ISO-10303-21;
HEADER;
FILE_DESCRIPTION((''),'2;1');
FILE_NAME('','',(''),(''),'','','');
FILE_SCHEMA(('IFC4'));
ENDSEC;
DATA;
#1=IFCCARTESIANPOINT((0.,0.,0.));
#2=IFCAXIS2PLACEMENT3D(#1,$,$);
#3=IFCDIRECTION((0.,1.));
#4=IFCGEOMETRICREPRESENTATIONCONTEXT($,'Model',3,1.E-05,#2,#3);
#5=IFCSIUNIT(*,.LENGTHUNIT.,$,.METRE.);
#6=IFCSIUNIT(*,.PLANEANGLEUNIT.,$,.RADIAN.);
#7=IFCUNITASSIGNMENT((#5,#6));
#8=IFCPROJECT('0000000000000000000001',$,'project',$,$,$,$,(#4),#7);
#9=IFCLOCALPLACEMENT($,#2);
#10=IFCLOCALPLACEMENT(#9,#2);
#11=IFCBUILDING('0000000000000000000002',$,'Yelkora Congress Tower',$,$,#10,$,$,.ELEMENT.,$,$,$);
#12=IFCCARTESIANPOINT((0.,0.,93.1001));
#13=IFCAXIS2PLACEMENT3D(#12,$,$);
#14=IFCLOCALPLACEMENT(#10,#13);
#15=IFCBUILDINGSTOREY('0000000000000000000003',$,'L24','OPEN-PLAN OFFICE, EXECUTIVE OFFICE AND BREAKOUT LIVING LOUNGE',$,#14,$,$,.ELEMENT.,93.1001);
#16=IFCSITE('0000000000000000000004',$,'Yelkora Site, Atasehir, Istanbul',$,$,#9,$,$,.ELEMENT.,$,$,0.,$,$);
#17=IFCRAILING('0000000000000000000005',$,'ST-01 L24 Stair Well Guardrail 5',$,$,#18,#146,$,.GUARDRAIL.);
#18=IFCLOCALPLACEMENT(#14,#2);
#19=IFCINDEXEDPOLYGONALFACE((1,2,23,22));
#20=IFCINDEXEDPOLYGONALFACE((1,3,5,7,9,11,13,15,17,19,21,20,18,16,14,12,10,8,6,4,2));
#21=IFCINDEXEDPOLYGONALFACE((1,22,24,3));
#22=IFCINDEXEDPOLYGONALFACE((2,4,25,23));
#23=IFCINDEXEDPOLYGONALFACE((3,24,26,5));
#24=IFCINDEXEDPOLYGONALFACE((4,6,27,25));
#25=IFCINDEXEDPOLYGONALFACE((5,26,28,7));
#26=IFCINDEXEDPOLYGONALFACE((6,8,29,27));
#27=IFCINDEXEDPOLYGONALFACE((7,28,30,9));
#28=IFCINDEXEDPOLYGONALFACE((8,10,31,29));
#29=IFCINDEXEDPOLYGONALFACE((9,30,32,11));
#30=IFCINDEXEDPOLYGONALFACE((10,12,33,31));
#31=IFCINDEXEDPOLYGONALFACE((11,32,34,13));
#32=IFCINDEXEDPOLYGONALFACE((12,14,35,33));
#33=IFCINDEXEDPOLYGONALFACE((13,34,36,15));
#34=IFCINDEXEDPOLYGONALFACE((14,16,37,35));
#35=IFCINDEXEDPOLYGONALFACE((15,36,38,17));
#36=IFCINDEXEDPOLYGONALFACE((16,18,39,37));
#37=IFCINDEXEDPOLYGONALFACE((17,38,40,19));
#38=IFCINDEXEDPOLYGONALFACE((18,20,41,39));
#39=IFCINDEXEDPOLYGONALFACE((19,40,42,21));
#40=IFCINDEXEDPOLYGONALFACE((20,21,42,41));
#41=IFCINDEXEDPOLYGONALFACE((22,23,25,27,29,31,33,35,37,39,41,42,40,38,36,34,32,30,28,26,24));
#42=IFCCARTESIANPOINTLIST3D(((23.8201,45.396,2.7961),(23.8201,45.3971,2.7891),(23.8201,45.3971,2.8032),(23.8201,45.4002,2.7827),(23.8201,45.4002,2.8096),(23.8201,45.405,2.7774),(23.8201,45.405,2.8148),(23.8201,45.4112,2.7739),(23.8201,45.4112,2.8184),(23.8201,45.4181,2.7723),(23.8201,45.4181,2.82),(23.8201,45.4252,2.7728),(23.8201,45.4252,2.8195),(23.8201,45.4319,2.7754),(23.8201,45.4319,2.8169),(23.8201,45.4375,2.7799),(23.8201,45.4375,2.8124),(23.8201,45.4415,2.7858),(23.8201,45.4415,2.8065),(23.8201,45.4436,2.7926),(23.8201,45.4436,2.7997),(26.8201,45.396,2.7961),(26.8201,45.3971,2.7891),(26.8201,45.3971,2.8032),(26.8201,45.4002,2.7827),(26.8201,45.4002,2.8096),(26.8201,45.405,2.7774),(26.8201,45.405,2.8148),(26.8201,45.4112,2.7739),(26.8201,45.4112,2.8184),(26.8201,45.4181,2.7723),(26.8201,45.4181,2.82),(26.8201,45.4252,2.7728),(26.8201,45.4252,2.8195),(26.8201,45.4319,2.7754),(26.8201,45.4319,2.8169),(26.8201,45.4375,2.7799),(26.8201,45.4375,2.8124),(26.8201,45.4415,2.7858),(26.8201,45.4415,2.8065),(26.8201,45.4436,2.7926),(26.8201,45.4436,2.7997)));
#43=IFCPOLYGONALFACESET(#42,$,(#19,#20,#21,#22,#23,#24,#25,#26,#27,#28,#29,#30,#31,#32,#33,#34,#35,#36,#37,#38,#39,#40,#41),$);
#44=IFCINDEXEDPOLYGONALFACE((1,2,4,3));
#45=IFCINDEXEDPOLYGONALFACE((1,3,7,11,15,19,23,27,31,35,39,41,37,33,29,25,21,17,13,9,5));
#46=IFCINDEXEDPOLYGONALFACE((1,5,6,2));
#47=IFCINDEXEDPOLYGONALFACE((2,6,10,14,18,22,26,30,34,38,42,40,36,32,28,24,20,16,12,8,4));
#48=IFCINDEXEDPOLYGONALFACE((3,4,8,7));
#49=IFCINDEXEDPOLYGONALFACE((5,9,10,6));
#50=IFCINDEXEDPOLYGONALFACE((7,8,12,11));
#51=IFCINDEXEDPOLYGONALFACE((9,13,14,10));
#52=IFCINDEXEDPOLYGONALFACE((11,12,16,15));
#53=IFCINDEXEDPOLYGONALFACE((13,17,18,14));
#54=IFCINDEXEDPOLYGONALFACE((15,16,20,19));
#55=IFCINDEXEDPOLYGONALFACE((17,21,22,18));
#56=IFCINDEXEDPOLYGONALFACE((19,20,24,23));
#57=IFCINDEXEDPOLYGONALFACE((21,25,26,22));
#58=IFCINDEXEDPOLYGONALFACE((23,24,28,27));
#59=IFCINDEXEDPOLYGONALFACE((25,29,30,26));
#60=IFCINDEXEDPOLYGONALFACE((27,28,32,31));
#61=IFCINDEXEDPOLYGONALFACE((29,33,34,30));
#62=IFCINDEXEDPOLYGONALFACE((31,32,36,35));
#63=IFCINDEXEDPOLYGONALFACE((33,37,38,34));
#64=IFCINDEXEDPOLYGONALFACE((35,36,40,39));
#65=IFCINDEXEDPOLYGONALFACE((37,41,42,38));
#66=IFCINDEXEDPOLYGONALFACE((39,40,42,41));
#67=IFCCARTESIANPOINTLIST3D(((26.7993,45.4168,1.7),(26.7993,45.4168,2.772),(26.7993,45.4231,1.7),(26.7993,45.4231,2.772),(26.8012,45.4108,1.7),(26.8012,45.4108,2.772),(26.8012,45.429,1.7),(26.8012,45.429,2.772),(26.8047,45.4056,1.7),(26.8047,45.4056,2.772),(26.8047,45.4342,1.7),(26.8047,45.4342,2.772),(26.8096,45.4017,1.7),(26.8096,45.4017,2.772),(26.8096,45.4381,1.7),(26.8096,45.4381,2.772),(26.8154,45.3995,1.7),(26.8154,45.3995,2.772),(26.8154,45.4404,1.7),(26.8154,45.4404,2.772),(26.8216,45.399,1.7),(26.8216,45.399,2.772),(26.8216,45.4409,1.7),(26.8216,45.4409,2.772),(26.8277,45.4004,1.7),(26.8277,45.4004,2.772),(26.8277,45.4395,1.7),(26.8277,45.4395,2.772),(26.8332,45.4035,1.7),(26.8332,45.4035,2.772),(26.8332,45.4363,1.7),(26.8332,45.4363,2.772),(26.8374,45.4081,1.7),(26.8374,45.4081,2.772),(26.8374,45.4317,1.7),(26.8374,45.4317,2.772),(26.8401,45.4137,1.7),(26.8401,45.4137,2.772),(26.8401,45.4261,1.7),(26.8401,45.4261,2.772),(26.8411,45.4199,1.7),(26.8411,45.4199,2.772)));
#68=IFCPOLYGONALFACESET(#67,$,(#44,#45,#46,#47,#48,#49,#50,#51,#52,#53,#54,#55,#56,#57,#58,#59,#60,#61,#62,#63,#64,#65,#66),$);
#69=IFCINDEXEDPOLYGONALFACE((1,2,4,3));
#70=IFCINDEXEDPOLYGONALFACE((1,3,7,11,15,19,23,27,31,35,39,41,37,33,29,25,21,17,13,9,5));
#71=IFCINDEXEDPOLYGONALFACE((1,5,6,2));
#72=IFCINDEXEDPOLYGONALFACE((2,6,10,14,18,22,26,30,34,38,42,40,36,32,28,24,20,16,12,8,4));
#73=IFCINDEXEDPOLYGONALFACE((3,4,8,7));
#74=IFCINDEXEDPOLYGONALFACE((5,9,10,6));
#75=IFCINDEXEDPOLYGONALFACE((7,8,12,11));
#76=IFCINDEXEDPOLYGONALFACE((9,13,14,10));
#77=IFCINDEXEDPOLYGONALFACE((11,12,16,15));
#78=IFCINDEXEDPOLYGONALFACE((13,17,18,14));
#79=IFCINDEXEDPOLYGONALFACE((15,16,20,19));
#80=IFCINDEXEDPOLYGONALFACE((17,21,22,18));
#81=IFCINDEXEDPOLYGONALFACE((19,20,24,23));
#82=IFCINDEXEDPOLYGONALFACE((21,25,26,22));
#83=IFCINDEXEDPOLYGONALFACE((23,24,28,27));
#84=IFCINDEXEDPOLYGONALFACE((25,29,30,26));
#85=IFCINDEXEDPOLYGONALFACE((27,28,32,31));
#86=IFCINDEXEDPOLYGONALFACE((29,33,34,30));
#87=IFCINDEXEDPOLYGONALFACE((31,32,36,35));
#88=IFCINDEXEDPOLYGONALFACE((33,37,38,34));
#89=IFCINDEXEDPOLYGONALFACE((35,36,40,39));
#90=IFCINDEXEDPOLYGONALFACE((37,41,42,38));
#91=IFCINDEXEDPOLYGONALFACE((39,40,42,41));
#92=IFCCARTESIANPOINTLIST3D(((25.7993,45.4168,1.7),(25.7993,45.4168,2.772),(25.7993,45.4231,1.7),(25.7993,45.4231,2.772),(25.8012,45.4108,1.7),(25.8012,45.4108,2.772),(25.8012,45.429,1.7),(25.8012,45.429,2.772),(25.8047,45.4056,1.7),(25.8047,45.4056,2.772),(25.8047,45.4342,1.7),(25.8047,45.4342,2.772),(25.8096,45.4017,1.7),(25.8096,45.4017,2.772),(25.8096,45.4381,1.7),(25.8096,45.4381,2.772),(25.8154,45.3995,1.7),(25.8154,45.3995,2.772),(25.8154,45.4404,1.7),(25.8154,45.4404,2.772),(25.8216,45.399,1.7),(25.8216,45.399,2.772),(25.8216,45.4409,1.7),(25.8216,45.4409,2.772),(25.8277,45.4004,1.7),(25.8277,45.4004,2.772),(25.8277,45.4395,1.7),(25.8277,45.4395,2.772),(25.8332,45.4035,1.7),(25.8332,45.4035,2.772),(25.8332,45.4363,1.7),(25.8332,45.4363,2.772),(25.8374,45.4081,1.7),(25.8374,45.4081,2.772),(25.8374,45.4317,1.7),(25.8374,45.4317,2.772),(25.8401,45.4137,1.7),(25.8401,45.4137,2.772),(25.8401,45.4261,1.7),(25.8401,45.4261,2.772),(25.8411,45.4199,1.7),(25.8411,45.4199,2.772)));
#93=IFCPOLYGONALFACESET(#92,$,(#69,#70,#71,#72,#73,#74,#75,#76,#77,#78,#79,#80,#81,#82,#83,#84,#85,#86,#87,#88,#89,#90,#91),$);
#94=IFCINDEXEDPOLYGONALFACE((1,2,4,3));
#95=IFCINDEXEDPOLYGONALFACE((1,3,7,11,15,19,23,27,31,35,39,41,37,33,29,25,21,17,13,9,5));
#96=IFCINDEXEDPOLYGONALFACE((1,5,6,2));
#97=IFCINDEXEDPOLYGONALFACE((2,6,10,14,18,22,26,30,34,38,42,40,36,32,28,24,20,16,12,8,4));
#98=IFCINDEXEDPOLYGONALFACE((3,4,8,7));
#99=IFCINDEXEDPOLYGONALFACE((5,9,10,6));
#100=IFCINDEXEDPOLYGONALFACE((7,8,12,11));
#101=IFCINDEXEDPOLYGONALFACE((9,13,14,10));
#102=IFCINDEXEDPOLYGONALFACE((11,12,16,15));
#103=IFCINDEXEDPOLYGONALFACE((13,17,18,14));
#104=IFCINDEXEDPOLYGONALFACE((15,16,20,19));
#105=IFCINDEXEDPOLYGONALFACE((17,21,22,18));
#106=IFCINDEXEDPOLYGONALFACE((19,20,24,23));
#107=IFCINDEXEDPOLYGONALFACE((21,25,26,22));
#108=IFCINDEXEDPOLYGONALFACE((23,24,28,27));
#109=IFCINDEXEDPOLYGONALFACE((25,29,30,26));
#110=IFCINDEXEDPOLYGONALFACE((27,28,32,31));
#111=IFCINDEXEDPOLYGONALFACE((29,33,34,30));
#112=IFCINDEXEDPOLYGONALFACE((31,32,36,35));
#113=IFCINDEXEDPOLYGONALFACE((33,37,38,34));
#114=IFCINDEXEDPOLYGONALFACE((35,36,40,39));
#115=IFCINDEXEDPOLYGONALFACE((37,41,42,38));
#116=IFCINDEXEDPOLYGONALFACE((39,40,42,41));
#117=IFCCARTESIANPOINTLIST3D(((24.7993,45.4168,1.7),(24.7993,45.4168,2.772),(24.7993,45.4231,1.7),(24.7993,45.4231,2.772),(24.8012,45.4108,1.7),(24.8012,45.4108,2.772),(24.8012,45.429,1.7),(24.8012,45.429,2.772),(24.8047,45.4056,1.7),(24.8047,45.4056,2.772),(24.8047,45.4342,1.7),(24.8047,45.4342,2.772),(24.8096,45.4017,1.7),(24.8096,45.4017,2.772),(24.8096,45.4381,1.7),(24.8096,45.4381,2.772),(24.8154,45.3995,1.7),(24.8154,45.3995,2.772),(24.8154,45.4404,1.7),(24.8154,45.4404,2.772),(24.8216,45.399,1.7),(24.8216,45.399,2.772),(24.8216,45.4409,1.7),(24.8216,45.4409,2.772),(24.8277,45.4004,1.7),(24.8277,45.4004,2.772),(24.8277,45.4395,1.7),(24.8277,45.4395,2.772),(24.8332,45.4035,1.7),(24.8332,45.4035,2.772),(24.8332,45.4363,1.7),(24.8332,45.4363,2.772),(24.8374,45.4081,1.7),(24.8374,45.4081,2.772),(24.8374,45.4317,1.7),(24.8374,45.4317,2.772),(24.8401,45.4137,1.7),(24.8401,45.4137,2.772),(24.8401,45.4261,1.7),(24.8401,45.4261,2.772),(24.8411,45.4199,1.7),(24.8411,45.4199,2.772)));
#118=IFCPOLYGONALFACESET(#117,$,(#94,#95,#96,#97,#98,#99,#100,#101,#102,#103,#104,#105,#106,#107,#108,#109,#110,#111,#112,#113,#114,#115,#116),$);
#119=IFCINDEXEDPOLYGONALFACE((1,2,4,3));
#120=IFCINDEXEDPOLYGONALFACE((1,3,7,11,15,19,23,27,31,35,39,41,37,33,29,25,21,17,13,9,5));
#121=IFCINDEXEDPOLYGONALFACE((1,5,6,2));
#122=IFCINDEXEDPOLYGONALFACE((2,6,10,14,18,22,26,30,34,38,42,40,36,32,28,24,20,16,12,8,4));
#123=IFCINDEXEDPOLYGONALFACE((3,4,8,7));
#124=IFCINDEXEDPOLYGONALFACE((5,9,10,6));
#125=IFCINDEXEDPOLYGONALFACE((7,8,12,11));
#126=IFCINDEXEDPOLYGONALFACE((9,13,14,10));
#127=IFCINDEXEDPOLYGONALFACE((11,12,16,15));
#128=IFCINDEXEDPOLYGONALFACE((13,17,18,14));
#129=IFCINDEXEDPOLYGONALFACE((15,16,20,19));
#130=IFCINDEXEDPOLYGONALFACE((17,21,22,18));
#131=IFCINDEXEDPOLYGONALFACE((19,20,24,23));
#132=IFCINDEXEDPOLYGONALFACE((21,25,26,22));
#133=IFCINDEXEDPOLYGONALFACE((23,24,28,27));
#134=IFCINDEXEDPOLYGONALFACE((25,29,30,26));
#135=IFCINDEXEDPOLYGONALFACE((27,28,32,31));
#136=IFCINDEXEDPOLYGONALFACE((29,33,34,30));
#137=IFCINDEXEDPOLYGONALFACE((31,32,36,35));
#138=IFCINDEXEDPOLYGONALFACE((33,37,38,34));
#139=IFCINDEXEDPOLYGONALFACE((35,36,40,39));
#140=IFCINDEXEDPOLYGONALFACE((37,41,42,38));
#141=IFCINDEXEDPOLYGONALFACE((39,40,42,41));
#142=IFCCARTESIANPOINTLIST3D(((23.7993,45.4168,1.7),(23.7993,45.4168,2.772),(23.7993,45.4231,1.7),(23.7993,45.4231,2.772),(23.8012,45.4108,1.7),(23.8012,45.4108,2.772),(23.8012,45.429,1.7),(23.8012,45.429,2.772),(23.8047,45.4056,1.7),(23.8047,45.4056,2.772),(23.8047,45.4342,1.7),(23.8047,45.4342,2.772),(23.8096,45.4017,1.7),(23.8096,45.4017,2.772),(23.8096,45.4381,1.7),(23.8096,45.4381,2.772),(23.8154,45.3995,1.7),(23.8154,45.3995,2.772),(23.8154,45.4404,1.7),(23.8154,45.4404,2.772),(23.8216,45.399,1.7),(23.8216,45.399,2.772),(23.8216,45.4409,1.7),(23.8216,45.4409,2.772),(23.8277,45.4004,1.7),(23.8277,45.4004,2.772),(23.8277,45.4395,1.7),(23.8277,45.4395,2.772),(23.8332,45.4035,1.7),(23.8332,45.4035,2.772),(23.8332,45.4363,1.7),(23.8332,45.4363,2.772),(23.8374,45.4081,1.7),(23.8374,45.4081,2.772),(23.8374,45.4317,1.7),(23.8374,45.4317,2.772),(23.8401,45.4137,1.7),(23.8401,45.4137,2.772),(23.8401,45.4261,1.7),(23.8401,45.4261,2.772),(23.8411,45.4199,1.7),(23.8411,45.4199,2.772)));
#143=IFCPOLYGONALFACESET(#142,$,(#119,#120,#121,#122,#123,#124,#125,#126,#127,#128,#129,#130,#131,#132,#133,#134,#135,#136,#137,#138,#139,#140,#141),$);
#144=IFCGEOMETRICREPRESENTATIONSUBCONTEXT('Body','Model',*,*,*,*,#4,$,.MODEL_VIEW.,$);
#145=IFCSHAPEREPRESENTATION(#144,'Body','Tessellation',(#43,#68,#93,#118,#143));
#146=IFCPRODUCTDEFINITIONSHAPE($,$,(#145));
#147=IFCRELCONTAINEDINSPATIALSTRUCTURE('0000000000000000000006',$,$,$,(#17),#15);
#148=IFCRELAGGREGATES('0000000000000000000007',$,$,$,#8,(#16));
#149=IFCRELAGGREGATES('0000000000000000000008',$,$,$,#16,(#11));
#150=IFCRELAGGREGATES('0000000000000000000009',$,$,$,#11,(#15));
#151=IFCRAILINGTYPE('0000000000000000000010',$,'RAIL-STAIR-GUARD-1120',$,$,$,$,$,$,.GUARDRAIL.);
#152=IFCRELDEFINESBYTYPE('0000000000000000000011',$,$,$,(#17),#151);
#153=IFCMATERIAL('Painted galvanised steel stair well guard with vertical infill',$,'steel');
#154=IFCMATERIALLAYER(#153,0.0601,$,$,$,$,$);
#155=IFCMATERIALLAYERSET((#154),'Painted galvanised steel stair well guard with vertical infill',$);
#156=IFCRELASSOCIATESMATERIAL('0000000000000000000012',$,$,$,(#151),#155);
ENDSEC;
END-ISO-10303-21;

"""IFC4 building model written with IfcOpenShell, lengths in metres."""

from ifc_helpers import new_model, si_unit, direction, frame, origin, origin_2d, place, context, subcontext, project, spatial, circle, extrude, material, layer, layer_set, type_object, element, save


model = new_model("IFC4")

# Units and contexts
model_context = context("Model", 3, precision=1e-05, world=origin(), true_north=direction((0.0, 1.0)))
body_context = subcontext(model_context, "Body", "Model", "MODEL_VIEW")
ifc_project = project(units=[si_unit("LENGTHUNIT", "METRE"), si_unit("PLANEANGLEUNIT", "RADIAN")], contexts=[model_context])

# Site, building, storey
site_placement = place(None, origin())
site = spatial("IfcSite", under=ifc_project, at=site_placement, Name="Yelkora Site, Atasehir, Istanbul", CompositionType="ELEMENT", RefElevation=0.0)
building_placement = place(site_placement, origin())
building = spatial("IfcBuilding", under=site, at=building_placement, Name="Yelkora Congress Tower", CompositionType="ELEMENT")
storey_placement = place(building_placement, frame((0.0, 0.0, 93.1001)))
storey = spatial("IfcBuildingStorey", under=building, at=storey_placement, Name="L24", Description="OPEN-PLAN OFFICE, EXECUTIVE OFFICE AND BREAKOUT LIVING LOUNGE", CompositionType="ELEMENT", Elevation=93.1001)

# Railing
ifc_material_1 = material(Name="Painted galvanised steel stair well guard with vertical infill", Category="steel")
ifc_layer_1 = layer(ifc_material_1, 0.0601)
ifc_layer_set_1 = layer_set([ifc_layer_1], Name="Painted galvanised steel stair well guard with vertical infill")
railing_type_1 = type_object("IfcRailingType", Name="RAIL-STAIR-GUARD-1120", PredefinedType="GUARDRAIL", material=ifc_layer_set_1)
railing_1_placement = place(storey_placement, frame((26.8201, 45.4199, 1.7)))
element("IfcRailing", 1, at=railing_1_placement, inside=storey, type_object=railing_type_1, Name="ST-01 L24 Stair Well Guardrail 5", PredefinedType="GUARDRAIL", context=body_context, shape_type="SweptSolid", body=[
    extrude(circle(Radius=0.0239, at=origin_2d()), frame((0.0, 0.0, 1.0962), z_axis=(-1.0, 0.0, 0.0), x_axis=(0.0, -1.0, 0.0)), (0.0, 0.0, 1.0), 3.0),
    extrude(circle(Radius=0.021, at=origin_2d()), origin(), (0.0, 0.0, 1.0), 1.072),
    extrude(circle(Radius=0.021, at=origin_2d()), frame((-1.0, 0.0, 0.0)), (0.0, 0.0, 1.0), 1.072),
    extrude(circle(Radius=0.021, at=origin_2d()), frame((-2.0, 0.0, 0.0)), (0.0, 0.0, 1.0), 1.072),
    extrude(circle(Radius=0.021, at=origin_2d()), frame((-3.0, 0.0, 0.0)), (0.0, 0.0, 1.0), 1.072),
])

save(model, "model.ifc")
